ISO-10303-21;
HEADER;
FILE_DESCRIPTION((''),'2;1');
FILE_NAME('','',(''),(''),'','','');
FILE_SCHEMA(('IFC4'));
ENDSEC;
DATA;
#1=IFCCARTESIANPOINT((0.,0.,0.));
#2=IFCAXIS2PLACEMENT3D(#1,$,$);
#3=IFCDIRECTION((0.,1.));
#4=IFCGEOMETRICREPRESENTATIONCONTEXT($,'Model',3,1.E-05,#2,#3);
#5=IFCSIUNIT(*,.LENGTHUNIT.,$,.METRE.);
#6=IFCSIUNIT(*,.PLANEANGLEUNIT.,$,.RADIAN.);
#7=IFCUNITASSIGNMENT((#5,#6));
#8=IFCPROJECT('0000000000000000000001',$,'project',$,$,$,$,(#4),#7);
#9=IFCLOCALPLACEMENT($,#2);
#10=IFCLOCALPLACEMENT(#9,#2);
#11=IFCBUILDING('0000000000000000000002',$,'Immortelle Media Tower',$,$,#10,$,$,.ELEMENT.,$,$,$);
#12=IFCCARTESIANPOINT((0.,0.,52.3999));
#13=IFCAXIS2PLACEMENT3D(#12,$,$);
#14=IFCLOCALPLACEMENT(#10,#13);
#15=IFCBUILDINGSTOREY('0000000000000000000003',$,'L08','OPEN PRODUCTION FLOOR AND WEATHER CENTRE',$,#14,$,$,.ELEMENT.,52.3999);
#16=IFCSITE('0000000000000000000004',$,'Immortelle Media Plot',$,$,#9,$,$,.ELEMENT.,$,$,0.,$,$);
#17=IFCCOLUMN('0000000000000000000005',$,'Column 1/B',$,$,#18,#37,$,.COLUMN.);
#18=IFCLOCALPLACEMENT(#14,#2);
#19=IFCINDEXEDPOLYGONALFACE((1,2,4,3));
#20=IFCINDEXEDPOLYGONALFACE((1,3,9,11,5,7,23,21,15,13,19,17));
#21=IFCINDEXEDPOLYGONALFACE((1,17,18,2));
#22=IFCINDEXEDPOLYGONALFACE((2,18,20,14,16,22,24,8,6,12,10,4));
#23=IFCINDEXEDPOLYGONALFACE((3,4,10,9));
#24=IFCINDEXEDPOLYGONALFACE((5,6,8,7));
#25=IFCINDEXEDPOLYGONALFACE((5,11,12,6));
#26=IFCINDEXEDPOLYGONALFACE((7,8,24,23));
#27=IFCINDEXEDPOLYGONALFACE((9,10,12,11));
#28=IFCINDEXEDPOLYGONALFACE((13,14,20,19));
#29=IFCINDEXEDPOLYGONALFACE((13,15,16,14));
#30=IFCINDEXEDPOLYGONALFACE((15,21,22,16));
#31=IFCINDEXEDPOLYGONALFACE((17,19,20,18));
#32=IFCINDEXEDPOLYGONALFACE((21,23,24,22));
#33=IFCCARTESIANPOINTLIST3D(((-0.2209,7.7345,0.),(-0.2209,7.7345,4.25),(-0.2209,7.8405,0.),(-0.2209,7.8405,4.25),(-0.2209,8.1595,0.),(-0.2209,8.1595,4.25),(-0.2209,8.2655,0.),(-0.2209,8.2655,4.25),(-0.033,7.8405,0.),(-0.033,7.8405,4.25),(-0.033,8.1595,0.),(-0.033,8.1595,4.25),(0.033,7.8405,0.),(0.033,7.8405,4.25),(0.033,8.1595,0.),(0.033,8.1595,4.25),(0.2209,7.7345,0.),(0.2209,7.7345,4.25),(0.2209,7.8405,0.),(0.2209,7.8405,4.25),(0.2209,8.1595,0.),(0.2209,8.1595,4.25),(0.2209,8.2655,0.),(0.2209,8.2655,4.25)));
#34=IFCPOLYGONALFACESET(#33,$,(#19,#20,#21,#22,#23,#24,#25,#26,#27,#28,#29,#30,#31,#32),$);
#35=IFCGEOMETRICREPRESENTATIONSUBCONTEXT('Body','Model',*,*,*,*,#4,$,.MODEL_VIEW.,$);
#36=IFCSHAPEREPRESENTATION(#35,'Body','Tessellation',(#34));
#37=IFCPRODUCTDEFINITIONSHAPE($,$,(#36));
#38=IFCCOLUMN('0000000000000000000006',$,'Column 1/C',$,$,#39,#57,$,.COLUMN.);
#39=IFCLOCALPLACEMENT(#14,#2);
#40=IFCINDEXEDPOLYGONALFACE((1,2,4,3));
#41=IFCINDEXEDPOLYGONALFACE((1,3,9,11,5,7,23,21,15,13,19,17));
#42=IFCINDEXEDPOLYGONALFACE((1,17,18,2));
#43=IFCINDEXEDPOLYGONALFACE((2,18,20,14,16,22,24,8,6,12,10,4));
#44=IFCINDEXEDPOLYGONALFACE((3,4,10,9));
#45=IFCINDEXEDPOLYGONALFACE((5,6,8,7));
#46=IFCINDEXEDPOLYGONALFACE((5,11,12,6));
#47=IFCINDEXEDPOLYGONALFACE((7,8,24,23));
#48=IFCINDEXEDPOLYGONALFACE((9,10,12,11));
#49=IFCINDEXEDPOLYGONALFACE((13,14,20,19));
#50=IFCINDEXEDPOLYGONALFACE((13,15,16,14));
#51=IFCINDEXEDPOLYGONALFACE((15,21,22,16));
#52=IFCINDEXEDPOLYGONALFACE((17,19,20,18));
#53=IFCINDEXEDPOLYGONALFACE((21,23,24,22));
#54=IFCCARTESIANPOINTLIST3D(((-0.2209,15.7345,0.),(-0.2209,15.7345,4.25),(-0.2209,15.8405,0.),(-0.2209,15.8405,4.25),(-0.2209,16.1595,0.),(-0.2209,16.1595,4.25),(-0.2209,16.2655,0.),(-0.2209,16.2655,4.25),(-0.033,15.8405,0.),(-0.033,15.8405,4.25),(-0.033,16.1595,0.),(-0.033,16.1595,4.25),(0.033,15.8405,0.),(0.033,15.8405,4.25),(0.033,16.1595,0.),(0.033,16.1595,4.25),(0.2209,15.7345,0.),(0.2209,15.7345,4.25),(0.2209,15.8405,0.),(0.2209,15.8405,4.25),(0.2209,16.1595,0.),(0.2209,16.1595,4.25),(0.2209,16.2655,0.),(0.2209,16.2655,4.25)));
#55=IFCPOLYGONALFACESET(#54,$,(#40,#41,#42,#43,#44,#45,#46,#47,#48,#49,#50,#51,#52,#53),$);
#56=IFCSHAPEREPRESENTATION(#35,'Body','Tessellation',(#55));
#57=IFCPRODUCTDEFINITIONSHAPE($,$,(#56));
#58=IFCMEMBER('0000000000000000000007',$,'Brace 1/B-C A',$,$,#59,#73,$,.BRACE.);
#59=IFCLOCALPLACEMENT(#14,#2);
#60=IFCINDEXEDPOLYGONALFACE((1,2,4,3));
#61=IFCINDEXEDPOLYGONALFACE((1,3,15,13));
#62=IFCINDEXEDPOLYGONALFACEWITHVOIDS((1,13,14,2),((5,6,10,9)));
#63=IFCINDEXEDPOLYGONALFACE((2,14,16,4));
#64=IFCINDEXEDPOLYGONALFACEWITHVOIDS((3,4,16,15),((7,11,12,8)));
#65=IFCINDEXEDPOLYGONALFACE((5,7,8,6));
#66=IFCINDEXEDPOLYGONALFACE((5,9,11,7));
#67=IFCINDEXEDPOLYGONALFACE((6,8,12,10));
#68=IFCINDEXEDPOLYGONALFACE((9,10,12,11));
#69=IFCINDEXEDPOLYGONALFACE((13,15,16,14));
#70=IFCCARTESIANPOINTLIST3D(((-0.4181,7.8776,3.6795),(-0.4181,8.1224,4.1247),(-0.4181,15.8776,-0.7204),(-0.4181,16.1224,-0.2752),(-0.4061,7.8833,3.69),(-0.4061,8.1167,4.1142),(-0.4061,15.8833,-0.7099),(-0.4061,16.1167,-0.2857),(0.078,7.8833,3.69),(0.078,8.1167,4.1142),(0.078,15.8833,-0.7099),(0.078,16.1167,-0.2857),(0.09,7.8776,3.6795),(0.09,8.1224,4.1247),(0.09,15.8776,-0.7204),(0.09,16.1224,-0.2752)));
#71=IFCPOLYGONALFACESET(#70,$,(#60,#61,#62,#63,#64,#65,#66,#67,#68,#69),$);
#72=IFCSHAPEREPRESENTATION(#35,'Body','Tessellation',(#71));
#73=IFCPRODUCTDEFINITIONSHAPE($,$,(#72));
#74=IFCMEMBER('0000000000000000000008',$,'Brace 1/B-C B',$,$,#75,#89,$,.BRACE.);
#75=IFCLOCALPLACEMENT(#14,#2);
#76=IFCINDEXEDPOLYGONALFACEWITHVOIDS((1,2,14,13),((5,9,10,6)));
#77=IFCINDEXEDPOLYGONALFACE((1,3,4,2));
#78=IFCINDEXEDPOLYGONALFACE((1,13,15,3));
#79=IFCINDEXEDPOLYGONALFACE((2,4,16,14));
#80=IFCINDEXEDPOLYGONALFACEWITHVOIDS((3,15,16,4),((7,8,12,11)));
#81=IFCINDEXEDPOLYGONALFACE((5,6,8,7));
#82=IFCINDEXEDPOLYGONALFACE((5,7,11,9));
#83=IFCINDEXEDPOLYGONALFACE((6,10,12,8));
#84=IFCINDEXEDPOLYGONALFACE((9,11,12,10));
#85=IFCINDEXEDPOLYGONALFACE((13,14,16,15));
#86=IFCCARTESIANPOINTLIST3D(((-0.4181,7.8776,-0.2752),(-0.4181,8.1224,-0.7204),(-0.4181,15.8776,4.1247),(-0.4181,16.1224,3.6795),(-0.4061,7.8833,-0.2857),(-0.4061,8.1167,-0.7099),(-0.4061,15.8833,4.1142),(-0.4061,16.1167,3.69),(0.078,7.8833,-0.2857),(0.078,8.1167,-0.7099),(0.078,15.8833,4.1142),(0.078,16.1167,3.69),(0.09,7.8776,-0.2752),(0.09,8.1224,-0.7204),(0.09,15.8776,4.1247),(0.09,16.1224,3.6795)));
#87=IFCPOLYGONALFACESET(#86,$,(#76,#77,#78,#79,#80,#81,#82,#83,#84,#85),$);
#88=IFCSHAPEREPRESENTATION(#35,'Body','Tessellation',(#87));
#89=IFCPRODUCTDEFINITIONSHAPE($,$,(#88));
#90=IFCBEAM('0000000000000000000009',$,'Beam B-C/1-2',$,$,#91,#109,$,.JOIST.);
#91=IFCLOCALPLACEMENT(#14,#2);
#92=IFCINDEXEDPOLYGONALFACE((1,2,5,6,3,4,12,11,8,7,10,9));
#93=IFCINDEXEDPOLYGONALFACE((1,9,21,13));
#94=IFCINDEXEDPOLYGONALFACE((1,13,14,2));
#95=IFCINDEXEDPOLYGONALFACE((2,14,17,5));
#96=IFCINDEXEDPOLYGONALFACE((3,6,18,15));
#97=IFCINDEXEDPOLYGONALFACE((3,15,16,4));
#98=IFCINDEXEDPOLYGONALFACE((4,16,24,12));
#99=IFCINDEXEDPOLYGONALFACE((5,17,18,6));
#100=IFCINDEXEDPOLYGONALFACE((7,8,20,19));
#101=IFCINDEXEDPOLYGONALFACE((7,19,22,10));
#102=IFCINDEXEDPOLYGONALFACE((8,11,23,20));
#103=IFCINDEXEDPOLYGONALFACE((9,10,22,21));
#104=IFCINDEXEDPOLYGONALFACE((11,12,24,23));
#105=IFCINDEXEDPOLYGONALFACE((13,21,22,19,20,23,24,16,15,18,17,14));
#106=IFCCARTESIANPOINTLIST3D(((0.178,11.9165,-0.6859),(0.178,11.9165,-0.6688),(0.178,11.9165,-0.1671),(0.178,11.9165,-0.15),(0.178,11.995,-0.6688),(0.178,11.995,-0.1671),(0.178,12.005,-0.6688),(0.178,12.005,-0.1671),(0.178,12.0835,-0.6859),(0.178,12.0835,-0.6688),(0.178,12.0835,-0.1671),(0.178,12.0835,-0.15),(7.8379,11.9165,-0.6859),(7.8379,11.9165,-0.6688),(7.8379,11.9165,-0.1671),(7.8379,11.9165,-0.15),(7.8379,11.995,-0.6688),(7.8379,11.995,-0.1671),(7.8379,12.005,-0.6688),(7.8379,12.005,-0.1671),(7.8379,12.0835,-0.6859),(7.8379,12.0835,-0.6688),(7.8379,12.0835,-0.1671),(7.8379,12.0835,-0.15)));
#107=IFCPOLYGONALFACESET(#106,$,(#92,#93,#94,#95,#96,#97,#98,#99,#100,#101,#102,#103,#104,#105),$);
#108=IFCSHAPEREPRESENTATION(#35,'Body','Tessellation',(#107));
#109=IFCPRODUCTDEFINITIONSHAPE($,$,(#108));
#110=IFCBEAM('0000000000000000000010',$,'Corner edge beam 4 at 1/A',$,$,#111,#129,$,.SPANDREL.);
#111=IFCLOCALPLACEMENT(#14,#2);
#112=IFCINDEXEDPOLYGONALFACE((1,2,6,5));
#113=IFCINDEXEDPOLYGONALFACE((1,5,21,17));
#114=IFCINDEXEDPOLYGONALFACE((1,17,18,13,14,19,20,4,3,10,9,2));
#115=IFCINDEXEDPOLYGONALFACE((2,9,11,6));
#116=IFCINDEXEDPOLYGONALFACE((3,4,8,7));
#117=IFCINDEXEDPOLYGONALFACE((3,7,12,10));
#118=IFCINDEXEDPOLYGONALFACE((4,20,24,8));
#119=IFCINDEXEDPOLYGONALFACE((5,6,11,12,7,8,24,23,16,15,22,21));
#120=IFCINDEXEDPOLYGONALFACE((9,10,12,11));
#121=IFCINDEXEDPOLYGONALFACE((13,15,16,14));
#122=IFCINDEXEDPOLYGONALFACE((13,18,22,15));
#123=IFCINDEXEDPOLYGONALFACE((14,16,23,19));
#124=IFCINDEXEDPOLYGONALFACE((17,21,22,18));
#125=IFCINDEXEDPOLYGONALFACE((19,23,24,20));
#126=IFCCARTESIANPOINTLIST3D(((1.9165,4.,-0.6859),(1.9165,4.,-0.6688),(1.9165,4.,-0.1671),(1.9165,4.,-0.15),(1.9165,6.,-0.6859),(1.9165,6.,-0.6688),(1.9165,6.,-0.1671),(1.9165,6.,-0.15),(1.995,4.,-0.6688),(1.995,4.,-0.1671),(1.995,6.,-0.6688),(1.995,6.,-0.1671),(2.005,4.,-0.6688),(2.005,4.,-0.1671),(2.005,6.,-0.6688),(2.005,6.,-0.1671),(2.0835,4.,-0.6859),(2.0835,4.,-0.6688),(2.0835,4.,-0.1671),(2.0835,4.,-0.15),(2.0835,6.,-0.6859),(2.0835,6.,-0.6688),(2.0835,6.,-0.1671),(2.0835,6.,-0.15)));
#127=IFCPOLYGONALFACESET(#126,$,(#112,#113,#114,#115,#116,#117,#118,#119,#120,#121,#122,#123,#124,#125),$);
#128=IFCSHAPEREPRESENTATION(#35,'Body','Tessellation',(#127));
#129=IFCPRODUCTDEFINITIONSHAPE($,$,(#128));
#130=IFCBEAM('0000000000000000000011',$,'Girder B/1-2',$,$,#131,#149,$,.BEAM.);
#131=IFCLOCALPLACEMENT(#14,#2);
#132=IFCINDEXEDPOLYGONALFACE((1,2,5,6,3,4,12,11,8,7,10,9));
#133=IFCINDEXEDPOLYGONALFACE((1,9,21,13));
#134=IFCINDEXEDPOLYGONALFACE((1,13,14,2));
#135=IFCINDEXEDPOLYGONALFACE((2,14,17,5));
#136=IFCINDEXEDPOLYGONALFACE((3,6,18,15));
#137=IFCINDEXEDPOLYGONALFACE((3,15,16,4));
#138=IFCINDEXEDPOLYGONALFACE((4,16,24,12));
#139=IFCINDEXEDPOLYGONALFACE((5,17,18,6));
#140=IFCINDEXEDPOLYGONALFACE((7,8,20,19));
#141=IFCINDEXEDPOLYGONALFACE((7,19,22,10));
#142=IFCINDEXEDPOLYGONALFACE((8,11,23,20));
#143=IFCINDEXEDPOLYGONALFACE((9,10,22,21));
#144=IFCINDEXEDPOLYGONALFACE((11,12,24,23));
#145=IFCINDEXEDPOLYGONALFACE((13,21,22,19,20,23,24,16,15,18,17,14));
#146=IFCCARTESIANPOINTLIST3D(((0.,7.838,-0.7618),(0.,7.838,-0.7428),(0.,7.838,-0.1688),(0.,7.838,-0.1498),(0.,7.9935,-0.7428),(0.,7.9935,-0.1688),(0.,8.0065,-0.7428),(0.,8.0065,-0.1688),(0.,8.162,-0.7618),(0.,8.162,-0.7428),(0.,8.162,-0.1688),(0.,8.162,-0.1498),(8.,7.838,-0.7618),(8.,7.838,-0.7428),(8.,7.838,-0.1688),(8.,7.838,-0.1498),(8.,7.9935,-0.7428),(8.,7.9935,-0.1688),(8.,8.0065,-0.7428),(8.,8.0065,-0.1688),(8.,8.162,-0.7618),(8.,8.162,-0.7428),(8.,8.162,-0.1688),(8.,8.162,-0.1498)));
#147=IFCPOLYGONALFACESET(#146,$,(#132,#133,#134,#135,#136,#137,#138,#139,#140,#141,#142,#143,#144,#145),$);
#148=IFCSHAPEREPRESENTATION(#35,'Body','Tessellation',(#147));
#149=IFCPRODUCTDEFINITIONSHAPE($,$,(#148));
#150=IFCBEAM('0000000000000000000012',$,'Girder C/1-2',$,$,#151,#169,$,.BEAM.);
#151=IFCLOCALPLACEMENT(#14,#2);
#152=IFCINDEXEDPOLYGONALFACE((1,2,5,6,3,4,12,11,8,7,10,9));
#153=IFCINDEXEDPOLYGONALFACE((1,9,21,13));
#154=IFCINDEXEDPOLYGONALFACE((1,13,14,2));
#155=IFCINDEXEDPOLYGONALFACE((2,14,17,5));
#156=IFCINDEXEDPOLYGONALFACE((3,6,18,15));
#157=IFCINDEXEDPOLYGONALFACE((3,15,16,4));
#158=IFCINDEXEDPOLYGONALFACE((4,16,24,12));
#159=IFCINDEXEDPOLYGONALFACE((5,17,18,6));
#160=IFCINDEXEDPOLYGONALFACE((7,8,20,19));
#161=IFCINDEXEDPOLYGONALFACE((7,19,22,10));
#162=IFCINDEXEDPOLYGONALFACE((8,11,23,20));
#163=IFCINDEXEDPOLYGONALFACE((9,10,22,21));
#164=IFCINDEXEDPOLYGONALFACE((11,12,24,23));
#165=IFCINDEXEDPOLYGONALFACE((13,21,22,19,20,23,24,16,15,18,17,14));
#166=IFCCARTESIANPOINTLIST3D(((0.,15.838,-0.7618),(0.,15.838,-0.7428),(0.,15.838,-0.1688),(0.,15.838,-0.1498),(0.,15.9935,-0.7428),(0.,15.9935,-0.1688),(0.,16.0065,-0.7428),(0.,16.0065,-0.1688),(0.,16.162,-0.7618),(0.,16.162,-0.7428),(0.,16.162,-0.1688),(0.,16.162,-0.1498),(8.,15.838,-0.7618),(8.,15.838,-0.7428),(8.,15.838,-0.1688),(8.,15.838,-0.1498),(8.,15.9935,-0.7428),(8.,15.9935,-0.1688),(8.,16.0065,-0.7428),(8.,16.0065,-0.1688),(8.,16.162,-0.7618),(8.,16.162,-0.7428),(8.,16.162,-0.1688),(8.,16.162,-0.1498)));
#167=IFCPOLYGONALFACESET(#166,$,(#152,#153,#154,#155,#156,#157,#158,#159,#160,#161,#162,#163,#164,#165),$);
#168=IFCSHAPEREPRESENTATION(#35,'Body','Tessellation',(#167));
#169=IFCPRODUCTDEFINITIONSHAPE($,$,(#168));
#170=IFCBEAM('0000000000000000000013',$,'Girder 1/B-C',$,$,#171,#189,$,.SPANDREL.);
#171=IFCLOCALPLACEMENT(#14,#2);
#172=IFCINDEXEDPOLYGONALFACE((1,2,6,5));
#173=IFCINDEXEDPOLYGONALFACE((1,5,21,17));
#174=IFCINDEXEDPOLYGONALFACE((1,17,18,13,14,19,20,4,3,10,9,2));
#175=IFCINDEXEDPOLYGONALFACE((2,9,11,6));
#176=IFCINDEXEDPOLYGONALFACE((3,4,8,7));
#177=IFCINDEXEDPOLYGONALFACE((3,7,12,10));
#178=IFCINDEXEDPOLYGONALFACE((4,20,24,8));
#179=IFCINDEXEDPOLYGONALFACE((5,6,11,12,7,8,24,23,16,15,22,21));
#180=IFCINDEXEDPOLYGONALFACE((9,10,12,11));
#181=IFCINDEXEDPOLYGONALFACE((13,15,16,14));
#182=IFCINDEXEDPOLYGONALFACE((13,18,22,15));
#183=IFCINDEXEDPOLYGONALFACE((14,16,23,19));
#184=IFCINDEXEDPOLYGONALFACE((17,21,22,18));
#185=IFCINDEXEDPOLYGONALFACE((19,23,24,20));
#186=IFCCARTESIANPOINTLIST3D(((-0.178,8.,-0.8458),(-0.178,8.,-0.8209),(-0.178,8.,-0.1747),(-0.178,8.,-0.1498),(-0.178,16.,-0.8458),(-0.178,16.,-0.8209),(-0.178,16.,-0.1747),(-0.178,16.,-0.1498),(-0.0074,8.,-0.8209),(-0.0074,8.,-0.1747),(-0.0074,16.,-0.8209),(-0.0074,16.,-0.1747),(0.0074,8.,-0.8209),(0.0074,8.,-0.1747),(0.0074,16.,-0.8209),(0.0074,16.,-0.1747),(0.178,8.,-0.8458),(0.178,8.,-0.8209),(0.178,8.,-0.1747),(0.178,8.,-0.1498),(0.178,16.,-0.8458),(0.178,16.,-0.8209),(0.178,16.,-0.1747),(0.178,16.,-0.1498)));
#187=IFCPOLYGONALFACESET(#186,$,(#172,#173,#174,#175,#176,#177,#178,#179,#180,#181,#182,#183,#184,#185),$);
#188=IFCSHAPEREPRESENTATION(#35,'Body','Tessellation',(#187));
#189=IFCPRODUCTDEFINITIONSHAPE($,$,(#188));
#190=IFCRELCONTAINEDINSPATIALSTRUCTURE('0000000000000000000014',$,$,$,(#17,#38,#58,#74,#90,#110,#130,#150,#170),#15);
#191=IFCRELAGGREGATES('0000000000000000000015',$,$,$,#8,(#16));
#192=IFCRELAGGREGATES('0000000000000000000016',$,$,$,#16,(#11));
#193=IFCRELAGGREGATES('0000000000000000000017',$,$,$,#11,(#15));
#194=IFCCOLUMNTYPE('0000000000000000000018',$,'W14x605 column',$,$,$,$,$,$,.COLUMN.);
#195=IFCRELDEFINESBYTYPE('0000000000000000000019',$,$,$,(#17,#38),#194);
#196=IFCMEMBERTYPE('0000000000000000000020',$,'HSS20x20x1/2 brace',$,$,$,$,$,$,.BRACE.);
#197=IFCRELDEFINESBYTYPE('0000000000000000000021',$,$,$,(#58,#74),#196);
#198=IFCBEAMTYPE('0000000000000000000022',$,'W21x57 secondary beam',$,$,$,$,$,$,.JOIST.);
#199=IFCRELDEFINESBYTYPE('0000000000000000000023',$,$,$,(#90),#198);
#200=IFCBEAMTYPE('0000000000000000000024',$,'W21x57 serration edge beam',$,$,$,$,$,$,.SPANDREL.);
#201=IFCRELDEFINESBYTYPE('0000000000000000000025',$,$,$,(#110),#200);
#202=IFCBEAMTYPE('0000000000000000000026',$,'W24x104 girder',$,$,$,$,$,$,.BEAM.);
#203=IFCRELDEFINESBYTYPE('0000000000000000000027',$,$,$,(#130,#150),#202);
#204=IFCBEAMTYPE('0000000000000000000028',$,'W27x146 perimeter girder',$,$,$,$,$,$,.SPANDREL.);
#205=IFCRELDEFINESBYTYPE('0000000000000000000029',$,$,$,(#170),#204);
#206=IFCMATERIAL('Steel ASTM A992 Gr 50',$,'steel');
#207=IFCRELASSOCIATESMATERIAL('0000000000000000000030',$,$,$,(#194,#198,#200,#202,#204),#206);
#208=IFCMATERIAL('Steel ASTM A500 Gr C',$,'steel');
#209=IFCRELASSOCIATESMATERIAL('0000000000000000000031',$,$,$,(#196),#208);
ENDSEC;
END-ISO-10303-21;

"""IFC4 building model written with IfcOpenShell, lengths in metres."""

from ifc_helpers import new_model, si_unit, direction, frame, origin, origin_2d, place, context, subcontext, project, spatial, hollow_rectangle, i_section, extrude, material, material_profile, profile_set, type_object, element, save


model = new_model("IFC4")

# Units and contexts
model_context = context("Model", 3, precision=1e-05, world=origin(), true_north=direction((0.0, 1.0)))
body_context = subcontext(model_context, "Body", "Model", "MODEL_VIEW")
ifc_project = project(units=[si_unit("LENGTHUNIT", "METRE"), si_unit("PLANEANGLEUNIT", "RADIAN")], contexts=[model_context])

# Site, building, storey
site_placement = place(None, origin())
site = spatial("IfcSite", under=ifc_project, at=site_placement, Name="Immortelle Media Plot", CompositionType="ELEMENT", RefElevation=0.0)
building_placement = place(site_placement, origin())
building = spatial("IfcBuilding", under=site, at=building_placement, Name="Immortelle Media Tower", CompositionType="ELEMENT")
storey_placement = place(building_placement, frame((0.0, 0.0, 52.3999)))
storey = spatial("IfcBuildingStorey", under=building, at=storey_placement, Name="L08", Description="OPEN PRODUCTION FLOOR AND WEATHER CENTRE", CompositionType="ELEMENT", Elevation=52.3999)

# Columns
ifc_material_1 = material(Name="Steel ASTM A992 Gr 50", Category="steel")
ifc_material_profile_1 = material_profile(ifc_material_1, i_section(OverallWidth=0.4419, OverallDepth=0.531, WebThickness=0.0659, FlangeThickness=0.106, at=origin_2d()), Name="W14x605")
ifc_profile_set_1 = profile_set([ifc_material_profile_1], Name="Steel ASTM A992 Gr 50")
column_type = type_object("IfcColumnType", Name="W14x605 column", PredefinedType="COLUMN", material=ifc_profile_set_1)
for number, where, z_axis, x_axis, name in (
    (1, (0.0, 8.0, 0.0), (0.0, 0.0, 1.0), (1.0, 0.0, 0.0), "Column 1/B"),
    (2, (0.0, 16.0, 0.0), (0.0, 0.0, 1.0), (1.0, 0.0, 0.0), "Column 1/C"),
):
    element("IfcColumn", number, at=place(storey_placement, frame(where, z_axis=z_axis, x_axis=x_axis)), inside=storey, type_object=column_type, Name=name, PredefinedType="COLUMN", context=body_context, shape_type="SweptSolid", body=[
        extrude(i_section(OverallWidth=0.4419, OverallDepth=0.531, WebThickness=0.0659, FlangeThickness=0.106, at=origin_2d()), origin(), (0.0, 0.0, 1.0), 4.25),
    ])

# Members
ifc_material_2 = material(Name="Steel ASTM A500 Gr C", Category="steel")
ifc_material_profile_2 = material_profile(ifc_material_2, hollow_rectangle(XDim=0.5081, YDim=0.5081, WallThickness=0.012, at=origin_2d()), Name="HSS20x20x1/2 brace")
ifc_profile_set_2 = profile_set([ifc_material_profile_2], Name="Steel ASTM A500 Gr C")
member_type = type_object("IfcMemberType", Name="HSS20x20x1/2 brace", PredefinedType="BRACE", material=ifc_profile_set_2)
for number, where, z_axis, x_axis, name in (
    (3, (-0.1641, 16.0, -0.4978), (0.0, -0.87622, 0.481911), (1.0, 0.0, 0.0), "Brace 1/B-C A"),
    (4, (-0.1641, 16.0, 3.9021), (0.0, -0.87622, -0.481911), (1.0, 0.0, 0.0), "Brace 1/B-C B"),
):
    element("IfcMember", number, at=place(storey_placement, frame(where, z_axis=z_axis, x_axis=x_axis)), inside=storey, type_object=member_type, Name=name, PredefinedType="BRACE", context=body_context, shape_type="SweptSolid", body=[
        extrude(hollow_rectangle(XDim=0.5081, YDim=0.5081, WallThickness=0.012, at=origin_2d()), origin(), (0.0, 0.0, 1.0), 9.1301),
    ])

# Beams
ifc_material_profile_3 = material_profile(ifc_material_1, i_section(OverallWidth=0.167, OverallDepth=0.5359, WebThickness=0.01, FlangeThickness=0.0171, at=origin_2d()), Name="W21x57")
ifc_profile_set_3 = profile_set([ifc_material_profile_3], Name="Steel ASTM A992 Gr 50")
beam_type_1 = type_object("IfcBeamType", Name="W21x57 secondary beam", PredefinedType="JOIST", material=ifc_profile_set_3)
beam_1_placement = place(storey_placement, frame((0.178, 12.0, -0.418), z_axis=(1.0, 0.0, 0.0), x_axis=(0.0, 1.0, 0.0)))
element("IfcBeam", 5, at=beam_1_placement, inside=storey, type_object=beam_type_1, Name="Beam B-C/1-2", PredefinedType="JOIST", context=body_context, shape_type="SweptSolid", body=[
    extrude(i_section(OverallWidth=0.167, OverallDepth=0.5359, WebThickness=0.01, FlangeThickness=0.0171, at=origin_2d()), origin(), (0.0, 0.0, 1.0), 7.6599),
])
ifc_material_profile_4 = material_profile(ifc_material_1, i_section(OverallWidth=0.167, OverallDepth=0.5359, WebThickness=0.01, FlangeThickness=0.0171, at=origin_2d()), Name="W21x57")
ifc_profile_set_4 = profile_set([ifc_material_profile_4], Name="Steel ASTM A992 Gr 50")
beam_type_2 = type_object("IfcBeamType", Name="W21x57 serration edge beam", PredefinedType="SPANDREL", material=ifc_profile_set_4)
beam_2_placement = place(storey_placement, frame((2.0, 4.0, -0.418), z_axis=(0.0, 1.0, 0.0), x_axis=(-1.0, 0.0, 0.0)))
element("IfcBeam", 6, at=beam_2_placement, inside=storey, type_object=beam_type_2, Name="Corner edge beam 4 at 1/A", PredefinedType="SPANDREL", context=body_context, shape_type="SweptSolid", body=[
    extrude(i_section(OverallWidth=0.167, OverallDepth=0.5359, WebThickness=0.01, FlangeThickness=0.0171, at=origin_2d()), origin(), (0.0, 0.0, 1.0), 2.0),
])
ifc_material_profile_5 = material_profile(ifc_material_1, i_section(OverallWidth=0.324, OverallDepth=0.6121, WebThickness=0.0129, FlangeThickness=0.019, at=origin_2d()), Name="W24x104")
ifc_profile_set_5 = profile_set([ifc_material_profile_5], Name="Steel ASTM A992 Gr 50")
beam_type_3 = type_object("IfcBeamType", Name="W24x104 girder", PredefinedType="BEAM", material=ifc_profile_set_5)
for number, where, z_axis, x_axis, name in (
    (7, (0.0, 8.0, -0.4558), (1.0, 0.0, 0.0), (0.0, 1.0, 0.0), "Girder B/1-2"),
    (8, (0.0, 16.0, -0.4558), (1.0, 0.0, 0.0), (0.0, 1.0, 0.0), "Girder C/1-2"),
):
    element("IfcBeam", number, at=place(storey_placement, frame(where, z_axis=z_axis, x_axis=x_axis)), inside=storey, type_object=beam_type_3, Name=name, PredefinedType="BEAM", context=body_context, shape_type="SweptSolid", body=[
        extrude(i_section(OverallWidth=0.324, OverallDepth=0.6121, WebThickness=0.0129, FlangeThickness=0.019, at=origin_2d()), origin(), (0.0, 0.0, 1.0), 8.0),
    ])
ifc_material_profile_6 = material_profile(ifc_material_1, i_section(OverallWidth=0.356, OverallDepth=0.696, WebThickness=0.0149, FlangeThickness=0.0249, at=origin_2d()), Name="W27x146")
ifc_profile_set_6 = profile_set([ifc_material_profile_6], Name="Steel ASTM A992 Gr 50")
beam_type_4 = type_object("IfcBeamType", Name="W27x146 perimeter girder", PredefinedType="SPANDREL", material=ifc_profile_set_6)
for number, where, z_axis, x_axis, name in (
    (9, (0.0, 8.0, -0.4978), (0.0, 1.0, 0.0), (-1.0, 0.0, 0.0), "Girder 1/B-C"),
):
    element("IfcBeam", number, at=place(storey_placement, frame(where, z_axis=z_axis, x_axis=x_axis)), inside=storey, type_object=beam_type_4, Name=name, PredefinedType="SPANDREL", context=body_context, shape_type="SweptSolid", body=[
        extrude(i_section(OverallWidth=0.356, OverallDepth=0.696, WebThickness=0.0149, FlangeThickness=0.0249, at=origin_2d()), origin(), (0.0, 0.0, 1.0), 8.0),
    ])

save(model, "model.ifc")
